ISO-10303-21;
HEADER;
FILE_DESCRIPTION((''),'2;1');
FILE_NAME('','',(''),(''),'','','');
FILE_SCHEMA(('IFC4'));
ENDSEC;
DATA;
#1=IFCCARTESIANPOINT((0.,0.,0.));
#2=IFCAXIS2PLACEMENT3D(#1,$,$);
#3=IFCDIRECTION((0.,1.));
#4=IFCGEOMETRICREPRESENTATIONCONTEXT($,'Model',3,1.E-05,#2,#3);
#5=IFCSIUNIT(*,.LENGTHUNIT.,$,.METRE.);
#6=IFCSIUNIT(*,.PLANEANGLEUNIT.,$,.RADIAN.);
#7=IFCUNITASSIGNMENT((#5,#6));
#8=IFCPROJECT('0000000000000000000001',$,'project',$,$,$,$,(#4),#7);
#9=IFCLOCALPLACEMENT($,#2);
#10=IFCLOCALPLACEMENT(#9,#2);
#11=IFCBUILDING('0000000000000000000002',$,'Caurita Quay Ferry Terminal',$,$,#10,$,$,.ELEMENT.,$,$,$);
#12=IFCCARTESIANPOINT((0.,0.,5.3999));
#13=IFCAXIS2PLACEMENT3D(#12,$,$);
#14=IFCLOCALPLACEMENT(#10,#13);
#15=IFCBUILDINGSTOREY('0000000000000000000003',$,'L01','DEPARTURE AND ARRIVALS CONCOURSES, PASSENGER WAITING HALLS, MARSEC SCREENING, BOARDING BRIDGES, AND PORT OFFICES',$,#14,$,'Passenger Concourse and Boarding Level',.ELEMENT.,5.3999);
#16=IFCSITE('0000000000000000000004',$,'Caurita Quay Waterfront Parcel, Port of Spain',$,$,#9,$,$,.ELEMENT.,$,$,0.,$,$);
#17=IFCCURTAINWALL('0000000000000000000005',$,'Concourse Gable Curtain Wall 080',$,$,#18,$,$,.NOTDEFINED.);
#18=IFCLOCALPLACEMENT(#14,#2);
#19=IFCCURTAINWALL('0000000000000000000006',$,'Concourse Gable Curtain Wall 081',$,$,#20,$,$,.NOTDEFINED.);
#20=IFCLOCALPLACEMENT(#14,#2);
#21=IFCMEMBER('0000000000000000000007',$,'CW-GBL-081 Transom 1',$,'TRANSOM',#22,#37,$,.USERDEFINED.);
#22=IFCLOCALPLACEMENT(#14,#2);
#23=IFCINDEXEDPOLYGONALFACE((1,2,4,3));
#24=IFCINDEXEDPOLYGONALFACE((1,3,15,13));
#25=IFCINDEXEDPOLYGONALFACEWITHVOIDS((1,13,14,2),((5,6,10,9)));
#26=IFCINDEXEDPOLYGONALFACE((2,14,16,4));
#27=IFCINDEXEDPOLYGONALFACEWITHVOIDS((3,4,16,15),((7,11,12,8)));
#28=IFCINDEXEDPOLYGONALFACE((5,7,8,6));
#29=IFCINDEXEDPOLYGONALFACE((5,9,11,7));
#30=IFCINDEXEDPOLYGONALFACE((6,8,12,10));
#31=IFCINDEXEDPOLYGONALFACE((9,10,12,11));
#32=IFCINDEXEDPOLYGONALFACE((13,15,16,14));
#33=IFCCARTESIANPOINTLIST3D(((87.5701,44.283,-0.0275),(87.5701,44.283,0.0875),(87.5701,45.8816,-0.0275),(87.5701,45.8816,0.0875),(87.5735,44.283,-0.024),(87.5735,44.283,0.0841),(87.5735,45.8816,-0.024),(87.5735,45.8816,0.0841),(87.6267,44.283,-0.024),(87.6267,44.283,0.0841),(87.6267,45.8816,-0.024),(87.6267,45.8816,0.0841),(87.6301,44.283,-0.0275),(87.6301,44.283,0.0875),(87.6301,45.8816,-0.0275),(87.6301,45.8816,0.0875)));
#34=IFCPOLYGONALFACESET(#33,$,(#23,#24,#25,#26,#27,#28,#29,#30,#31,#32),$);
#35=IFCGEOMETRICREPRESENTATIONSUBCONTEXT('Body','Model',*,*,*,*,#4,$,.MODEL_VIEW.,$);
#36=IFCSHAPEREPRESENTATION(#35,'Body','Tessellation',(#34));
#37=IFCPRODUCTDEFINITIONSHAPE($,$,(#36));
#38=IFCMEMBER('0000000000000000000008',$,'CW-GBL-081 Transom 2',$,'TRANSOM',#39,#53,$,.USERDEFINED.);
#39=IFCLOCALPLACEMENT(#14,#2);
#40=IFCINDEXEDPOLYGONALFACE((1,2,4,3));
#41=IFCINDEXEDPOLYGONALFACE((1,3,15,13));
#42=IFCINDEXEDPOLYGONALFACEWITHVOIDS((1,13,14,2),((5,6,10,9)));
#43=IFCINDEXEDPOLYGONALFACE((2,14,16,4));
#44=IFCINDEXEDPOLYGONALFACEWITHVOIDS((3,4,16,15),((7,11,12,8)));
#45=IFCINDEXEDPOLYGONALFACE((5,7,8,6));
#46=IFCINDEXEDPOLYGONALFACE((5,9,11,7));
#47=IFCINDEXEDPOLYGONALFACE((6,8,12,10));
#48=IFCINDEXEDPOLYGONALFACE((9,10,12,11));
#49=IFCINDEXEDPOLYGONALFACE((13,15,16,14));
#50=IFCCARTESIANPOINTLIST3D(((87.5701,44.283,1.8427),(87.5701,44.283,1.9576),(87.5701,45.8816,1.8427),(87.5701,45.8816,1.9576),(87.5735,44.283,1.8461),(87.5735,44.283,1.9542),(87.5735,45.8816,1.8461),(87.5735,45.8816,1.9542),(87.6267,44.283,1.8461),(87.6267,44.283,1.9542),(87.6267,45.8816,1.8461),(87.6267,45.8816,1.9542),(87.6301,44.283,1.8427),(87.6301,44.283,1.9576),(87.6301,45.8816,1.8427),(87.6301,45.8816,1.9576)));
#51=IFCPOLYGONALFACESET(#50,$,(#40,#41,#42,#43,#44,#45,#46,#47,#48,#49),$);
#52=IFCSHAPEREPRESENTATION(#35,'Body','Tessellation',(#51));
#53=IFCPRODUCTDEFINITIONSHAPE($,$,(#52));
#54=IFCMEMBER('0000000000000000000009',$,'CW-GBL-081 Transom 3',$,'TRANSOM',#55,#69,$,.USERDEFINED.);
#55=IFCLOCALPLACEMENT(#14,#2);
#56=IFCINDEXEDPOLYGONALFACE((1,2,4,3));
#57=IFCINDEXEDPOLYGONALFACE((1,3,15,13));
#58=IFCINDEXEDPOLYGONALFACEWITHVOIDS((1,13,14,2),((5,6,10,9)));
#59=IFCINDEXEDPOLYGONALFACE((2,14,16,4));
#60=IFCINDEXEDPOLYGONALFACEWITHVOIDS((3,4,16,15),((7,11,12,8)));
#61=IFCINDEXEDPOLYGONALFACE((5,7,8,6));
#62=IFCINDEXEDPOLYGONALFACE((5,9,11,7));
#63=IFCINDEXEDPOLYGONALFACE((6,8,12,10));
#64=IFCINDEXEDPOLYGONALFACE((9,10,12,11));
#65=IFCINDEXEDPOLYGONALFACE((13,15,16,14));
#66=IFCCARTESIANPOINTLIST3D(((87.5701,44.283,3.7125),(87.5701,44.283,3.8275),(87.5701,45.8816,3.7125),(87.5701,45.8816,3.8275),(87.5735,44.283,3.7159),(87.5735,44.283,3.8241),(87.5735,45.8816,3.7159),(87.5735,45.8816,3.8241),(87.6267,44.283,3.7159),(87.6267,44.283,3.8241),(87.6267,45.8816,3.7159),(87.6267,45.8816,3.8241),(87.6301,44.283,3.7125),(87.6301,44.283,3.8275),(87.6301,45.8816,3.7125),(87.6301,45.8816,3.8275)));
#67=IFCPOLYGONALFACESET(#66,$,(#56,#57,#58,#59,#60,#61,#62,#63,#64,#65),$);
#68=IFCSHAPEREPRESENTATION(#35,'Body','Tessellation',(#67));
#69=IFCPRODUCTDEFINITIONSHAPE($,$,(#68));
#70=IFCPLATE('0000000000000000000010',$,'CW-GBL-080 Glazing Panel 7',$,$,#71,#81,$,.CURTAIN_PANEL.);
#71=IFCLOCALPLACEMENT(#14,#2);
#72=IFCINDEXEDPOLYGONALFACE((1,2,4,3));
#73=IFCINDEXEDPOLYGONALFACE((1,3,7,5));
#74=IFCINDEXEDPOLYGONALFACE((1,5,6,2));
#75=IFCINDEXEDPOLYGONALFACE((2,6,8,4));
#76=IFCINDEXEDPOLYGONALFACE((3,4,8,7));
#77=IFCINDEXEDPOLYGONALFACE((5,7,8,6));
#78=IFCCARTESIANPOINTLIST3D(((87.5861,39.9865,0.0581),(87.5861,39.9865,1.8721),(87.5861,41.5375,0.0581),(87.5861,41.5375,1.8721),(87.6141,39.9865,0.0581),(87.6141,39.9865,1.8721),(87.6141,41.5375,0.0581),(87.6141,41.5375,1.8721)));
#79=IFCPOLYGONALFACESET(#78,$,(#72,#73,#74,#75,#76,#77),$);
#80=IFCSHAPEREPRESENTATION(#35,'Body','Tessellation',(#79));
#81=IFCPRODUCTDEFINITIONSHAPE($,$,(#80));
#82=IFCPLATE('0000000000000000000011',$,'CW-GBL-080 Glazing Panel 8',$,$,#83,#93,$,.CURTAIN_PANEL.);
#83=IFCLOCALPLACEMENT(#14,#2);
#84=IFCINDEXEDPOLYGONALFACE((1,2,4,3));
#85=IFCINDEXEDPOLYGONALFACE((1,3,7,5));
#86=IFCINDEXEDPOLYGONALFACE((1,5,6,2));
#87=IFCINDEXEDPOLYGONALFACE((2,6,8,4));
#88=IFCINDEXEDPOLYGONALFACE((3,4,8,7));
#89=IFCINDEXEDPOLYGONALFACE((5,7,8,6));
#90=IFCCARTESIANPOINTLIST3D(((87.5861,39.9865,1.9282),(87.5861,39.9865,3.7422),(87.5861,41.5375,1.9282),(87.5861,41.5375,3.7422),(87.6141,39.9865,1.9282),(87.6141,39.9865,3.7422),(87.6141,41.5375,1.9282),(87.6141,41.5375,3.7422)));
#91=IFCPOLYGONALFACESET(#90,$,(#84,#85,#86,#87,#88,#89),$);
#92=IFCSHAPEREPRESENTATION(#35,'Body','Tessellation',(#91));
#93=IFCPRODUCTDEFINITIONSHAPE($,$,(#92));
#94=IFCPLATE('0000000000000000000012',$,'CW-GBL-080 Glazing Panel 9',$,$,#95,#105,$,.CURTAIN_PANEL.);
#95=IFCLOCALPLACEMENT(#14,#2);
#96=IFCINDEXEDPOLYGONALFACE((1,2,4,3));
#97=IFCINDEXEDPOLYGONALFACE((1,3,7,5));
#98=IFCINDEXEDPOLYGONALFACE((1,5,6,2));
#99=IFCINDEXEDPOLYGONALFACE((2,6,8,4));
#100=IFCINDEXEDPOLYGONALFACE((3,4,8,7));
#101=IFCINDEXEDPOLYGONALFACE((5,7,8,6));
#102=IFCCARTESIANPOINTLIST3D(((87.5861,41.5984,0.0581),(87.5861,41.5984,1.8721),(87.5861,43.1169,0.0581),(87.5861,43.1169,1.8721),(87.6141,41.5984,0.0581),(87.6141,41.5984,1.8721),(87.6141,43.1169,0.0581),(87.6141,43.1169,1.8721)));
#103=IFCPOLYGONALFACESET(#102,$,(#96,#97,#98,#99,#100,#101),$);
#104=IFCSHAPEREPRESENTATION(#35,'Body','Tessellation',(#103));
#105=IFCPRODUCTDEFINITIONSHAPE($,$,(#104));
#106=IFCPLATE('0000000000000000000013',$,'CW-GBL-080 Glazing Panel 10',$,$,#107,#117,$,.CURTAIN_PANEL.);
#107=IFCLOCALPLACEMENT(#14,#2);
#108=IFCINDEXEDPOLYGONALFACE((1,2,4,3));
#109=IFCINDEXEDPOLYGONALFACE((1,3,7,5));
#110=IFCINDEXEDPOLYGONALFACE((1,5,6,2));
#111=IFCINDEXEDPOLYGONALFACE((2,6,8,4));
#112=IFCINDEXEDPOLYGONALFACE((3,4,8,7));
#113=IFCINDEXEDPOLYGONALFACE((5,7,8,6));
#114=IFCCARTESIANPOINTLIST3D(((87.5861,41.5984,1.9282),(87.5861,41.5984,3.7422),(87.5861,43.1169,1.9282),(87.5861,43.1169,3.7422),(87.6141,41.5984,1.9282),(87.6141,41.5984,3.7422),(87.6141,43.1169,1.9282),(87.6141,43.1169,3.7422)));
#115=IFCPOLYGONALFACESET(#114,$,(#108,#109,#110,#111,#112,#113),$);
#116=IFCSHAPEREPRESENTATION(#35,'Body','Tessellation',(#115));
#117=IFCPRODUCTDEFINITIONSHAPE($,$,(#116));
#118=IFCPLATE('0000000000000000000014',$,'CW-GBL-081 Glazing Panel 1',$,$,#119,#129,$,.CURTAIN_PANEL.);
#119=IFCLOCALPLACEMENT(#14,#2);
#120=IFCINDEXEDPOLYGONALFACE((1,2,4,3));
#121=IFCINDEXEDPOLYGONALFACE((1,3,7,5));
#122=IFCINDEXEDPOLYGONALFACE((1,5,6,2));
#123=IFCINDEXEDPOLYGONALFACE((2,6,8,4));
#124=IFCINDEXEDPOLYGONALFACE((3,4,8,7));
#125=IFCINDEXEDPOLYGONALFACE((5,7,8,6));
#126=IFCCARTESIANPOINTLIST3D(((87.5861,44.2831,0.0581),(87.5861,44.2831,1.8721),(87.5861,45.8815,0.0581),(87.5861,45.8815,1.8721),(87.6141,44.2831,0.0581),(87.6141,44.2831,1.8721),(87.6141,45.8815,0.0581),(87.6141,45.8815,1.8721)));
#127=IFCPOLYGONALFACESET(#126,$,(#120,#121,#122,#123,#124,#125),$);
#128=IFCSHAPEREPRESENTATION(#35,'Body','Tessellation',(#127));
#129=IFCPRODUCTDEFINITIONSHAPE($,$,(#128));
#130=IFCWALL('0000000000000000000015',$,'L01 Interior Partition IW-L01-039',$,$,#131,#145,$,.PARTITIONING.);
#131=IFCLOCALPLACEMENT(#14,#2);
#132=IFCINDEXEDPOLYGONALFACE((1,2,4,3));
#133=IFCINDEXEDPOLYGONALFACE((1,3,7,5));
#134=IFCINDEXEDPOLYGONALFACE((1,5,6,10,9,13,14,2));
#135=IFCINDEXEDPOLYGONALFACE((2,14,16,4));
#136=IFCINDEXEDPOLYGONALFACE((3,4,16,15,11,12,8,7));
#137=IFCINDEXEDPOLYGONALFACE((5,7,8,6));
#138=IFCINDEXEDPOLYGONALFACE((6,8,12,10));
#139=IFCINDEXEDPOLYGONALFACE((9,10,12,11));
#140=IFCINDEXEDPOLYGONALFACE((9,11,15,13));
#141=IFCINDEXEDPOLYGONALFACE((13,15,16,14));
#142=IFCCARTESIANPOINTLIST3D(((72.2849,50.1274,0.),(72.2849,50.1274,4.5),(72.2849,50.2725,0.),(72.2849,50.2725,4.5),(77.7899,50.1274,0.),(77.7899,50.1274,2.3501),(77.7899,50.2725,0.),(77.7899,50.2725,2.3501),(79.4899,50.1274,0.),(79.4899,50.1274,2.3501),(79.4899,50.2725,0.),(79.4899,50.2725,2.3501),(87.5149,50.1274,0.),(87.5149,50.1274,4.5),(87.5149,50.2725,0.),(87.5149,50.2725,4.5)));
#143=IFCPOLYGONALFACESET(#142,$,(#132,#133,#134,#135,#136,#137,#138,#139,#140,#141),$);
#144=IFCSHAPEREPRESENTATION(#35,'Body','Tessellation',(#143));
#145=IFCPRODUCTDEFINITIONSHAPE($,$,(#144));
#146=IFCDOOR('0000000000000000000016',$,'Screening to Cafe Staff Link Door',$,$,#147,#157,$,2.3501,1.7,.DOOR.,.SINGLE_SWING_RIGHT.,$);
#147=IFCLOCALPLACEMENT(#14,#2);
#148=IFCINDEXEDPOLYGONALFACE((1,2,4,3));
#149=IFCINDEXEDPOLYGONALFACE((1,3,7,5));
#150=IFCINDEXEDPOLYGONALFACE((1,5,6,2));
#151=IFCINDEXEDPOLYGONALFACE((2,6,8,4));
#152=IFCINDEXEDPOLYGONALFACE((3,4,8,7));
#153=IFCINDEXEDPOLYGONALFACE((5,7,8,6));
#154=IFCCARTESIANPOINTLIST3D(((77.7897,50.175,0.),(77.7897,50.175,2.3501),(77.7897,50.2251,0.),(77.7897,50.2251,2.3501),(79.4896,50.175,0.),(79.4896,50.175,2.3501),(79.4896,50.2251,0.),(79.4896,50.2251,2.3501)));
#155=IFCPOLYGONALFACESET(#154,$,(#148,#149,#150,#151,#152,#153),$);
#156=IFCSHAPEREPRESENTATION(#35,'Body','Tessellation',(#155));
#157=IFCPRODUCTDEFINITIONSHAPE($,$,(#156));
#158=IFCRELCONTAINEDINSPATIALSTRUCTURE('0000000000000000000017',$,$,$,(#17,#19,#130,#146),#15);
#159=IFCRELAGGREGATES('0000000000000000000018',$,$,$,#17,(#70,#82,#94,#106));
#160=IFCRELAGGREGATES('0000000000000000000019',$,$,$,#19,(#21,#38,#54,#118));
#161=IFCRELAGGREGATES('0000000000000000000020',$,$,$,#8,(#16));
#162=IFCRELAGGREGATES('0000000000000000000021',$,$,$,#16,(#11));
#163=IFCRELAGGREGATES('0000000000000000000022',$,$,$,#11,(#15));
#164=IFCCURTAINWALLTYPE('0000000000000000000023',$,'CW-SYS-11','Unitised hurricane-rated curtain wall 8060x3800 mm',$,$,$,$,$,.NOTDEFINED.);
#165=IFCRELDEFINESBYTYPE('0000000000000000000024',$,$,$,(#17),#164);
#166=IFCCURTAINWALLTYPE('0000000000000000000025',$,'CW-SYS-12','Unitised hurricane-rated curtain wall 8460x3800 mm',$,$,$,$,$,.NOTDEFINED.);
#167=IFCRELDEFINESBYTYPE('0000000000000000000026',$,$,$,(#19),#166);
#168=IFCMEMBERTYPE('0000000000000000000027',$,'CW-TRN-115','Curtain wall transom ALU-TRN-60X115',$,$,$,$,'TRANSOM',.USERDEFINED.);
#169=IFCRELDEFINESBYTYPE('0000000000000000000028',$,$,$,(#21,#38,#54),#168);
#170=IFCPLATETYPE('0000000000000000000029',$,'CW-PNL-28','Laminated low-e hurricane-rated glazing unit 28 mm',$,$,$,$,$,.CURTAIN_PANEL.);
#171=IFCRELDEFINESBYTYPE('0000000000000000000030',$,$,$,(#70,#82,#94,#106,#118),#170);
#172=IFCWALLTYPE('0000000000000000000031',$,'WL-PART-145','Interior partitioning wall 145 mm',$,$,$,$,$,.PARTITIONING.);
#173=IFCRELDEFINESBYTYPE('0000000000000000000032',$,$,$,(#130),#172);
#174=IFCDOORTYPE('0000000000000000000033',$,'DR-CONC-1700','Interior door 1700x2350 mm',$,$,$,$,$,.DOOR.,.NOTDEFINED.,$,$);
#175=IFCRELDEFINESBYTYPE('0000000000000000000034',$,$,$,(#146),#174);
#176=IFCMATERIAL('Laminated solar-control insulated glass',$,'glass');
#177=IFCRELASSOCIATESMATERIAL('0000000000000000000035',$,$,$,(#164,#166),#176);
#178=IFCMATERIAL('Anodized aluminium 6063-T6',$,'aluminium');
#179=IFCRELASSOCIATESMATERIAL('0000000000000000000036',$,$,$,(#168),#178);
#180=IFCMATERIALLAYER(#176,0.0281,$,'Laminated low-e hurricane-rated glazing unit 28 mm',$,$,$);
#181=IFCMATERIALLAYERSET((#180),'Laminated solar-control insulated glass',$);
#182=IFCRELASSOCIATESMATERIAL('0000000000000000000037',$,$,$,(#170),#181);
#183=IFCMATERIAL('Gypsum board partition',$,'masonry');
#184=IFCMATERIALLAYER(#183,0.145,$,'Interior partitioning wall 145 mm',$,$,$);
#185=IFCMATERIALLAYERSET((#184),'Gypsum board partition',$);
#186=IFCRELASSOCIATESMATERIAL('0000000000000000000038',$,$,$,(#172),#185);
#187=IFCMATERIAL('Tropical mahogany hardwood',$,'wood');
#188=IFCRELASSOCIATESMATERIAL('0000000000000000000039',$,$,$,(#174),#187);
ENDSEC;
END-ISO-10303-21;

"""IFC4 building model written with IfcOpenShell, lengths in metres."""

from ifc_helpers import new_model, si_unit, direction, frame, frame_2d, origin, origin_2d, place, context, subcontext, project, spatial, rectangle, hollow_rectangle, extrude, material, layer, layer_set, material_profile, profile_set, type_object, element, fill, aggregate, save


model = new_model("IFC4")

# Units and contexts
model_context = context("Model", 3, precision=1e-05, world=origin(), true_north=direction((0.0, 1.0)))
body_context = subcontext(model_context, "Body", "Model", "MODEL_VIEW")
ifc_project = project(units=[si_unit("LENGTHUNIT", "METRE"), si_unit("PLANEANGLEUNIT", "RADIAN")], contexts=[model_context])

# Site, building, storey
site_placement = place(None, origin())
site = spatial("IfcSite", under=ifc_project, at=site_placement, Name="Caurita Quay Waterfront Parcel, Port of Spain", CompositionType="ELEMENT", RefElevation=0.0)
building_placement = place(site_placement, origin())
building = spatial("IfcBuilding", under=site, at=building_placement, Name="Caurita Quay Ferry Terminal", CompositionType="ELEMENT")
storey_placement = place(building_placement, frame((0.0, 0.0, 5.3999)))
storey = spatial("IfcBuildingStorey", under=building, at=storey_placement, Name="L01", Description="DEPARTURE AND ARRIVALS CONCOURSES, PASSENGER WAITING HALLS, MARSEC SCREENING, BOARDING BRIDGES, AND PORT OFFICES", LongName="Passenger Concourse and Boarding Level", CompositionType="ELEMENT", Elevation=5.3999)

# Curtain wall
ifc_material_1 = material(Name="Laminated solar-control insulated glass", Category="glass")
curtain_wall_type_1 = type_object("IfcCurtainWallType", Name="CW-SYS-11", Description="Unitised hurricane-rated curtain wall 8060x3800 mm", PredefinedType="NOTDEFINED", material=ifc_material_1)
curtain_wall_1_placement = place(storey_placement, origin())
curtain_wall_1 = element("IfcCurtainWall", 1, at=curtain_wall_1_placement, inside=storey, type_object=curtain_wall_type_1, Name="Concourse Gable Curtain Wall 080", PredefinedType="NOTDEFINED")
ifc_material_2 = material(Name="Anodized aluminium 6063-T6", Category="aluminium")

# Curtain wall
curtain_wall_type_2 = type_object("IfcCurtainWallType", Name="CW-SYS-12", Description="Unitised hurricane-rated curtain wall 8460x3800 mm", PredefinedType="NOTDEFINED", material=ifc_material_1)
curtain_wall_2_placement = place(storey_placement, origin())
curtain_wall_2 = element("IfcCurtainWall", 2, at=curtain_wall_2_placement, inside=storey, type_object=curtain_wall_type_2, Name="Concourse Gable Curtain Wall 081", PredefinedType="NOTDEFINED")

# Members
ifc_material_profile_1 = material_profile(ifc_material_2, hollow_rectangle(XDim=0.0601, YDim=0.115, WallThickness=0.0034, at=origin_2d()), Name="ALU-TRN-60X115")
ifc_profile_set_1 = profile_set([ifc_material_profile_1], Name="Anodized aluminium 6063-T6")
member_type_1 = type_object("IfcMemberType", Name="CW-TRN-115", Description="Curtain wall transom ALU-TRN-60X115", ElementType="TRANSOM", PredefinedType="USERDEFINED", material=ifc_profile_set_1)
member_1_placement = place(storey_placement, frame((87.6001, 44.283, 0.03), z_axis=(0.0, 1.0, 0.0), x_axis=(-1.0, 0.0, 0.0)))
member_1 = element("IfcMember", 3, at=member_1_placement, type_object=member_type_1, Name="CW-GBL-081 Transom 1", ObjectType="TRANSOM", PredefinedType="USERDEFINED", context=body_context, shape_type="SweptSolid", body=[
    extrude(hollow_rectangle(XDim=0.0601, YDim=0.115, WallThickness=0.0034, at=origin_2d()), origin(), (0.0, 0.0, 1.0), 1.5986),
])
member_2_placement = place(storey_placement, frame((87.6001, 44.283, 1.9001), z_axis=(0.0, 1.0, 0.0), x_axis=(-1.0, 0.0, 0.0)))
member_2 = element("IfcMember", 4, at=member_2_placement, type_object=member_type_1, Name="CW-GBL-081 Transom 2", ObjectType="TRANSOM", PredefinedType="USERDEFINED", context=body_context, shape_type="SweptSolid", body=[
    extrude(hollow_rectangle(XDim=0.0601, YDim=0.115, WallThickness=0.0034, at=origin_2d()), origin(), (0.0, 0.0, 1.0), 1.5986),
])
member_3_placement = place(storey_placement, frame((87.6001, 44.283, 3.77), z_axis=(0.0, 1.0, 0.0), x_axis=(-1.0, 0.0, 0.0)))
member_3 = element("IfcMember", 5, at=member_3_placement, type_object=member_type_1, Name="CW-GBL-081 Transom 3", ObjectType="TRANSOM", PredefinedType="USERDEFINED", context=body_context, shape_type="SweptSolid", body=[
    extrude(hollow_rectangle(XDim=0.0601, YDim=0.115, WallThickness=0.0034, at=origin_2d()), origin(), (0.0, 0.0, 1.0), 1.5986),
])

# Plates
ifc_layer_1 = layer(ifc_material_1, 0.0281, Name="Laminated low-e hurricane-rated glazing unit 28 mm")
ifc_layer_set_1 = layer_set([ifc_layer_1], Name="Laminated solar-control insulated glass")
plate_type = type_object("IfcPlateType", Name="CW-PNL-28", Description="Laminated low-e hurricane-rated glazing unit 28 mm", PredefinedType="CURTAIN_PANEL", material=ifc_layer_set_1)
plate_1_placement = place(storey_placement, frame((87.6001, 40.762, 0.0581), z_axis=(0.0, 0.0, 1.0), x_axis=(0.0, 1.0, 0.0)))
plate_1 = element("IfcPlate", 6, at=plate_1_placement, type_object=plate_type, Name="CW-GBL-080 Glazing Panel 7", PredefinedType="CURTAIN_PANEL", context=body_context, shape_type="SweptSolid", body=[
    extrude(rectangle(XDim=1.551, YDim=0.0281, at=origin_2d()), origin(), (0.0, 0.0, 1.0), 1.814),
])
plate_2_placement = place(storey_placement, frame((87.6001, 40.762, 1.9282), z_axis=(0.0, 0.0, 1.0), x_axis=(0.0, 1.0, 0.0)))
plate_2 = element("IfcPlate", 7, at=plate_2_placement, type_object=plate_type, Name="CW-GBL-080 Glazing Panel 8", PredefinedType="CURTAIN_PANEL", context=body_context, shape_type="SweptSolid", body=[
    extrude(rectangle(XDim=1.551, YDim=0.0281, at=origin_2d()), origin(), (0.0, 0.0, 1.0), 1.814),
])
plate_3_placement = place(storey_placement, frame((87.6001, 42.3577, 0.0581), z_axis=(0.0, 0.0, 1.0), x_axis=(0.0, 1.0, 0.0)))
plate_3 = element("IfcPlate", 8, at=plate_3_placement, type_object=plate_type, Name="CW-GBL-080 Glazing Panel 9", PredefinedType="CURTAIN_PANEL", context=body_context, shape_type="SweptSolid", body=[
    extrude(rectangle(XDim=1.5186, YDim=0.0281, at=origin_2d()), origin(), (0.0, 0.0, 1.0), 1.814),
])
plate_4_placement = place(storey_placement, frame((87.6001, 42.3577, 1.9282), z_axis=(0.0, 0.0, 1.0), x_axis=(0.0, 1.0, 0.0)))
plate_4 = element("IfcPlate", 9, at=plate_4_placement, type_object=plate_type, Name="CW-GBL-080 Glazing Panel 10", PredefinedType="CURTAIN_PANEL", context=body_context, shape_type="SweptSolid", body=[
    extrude(rectangle(XDim=1.5186, YDim=0.0281, at=origin_2d()), origin(), (0.0, 0.0, 1.0), 1.814),
])
aggregate(curtain_wall_1, [plate_1, plate_2, plate_3, plate_4])
plate_5_placement = place(storey_placement, frame((87.6001, 45.0823, 0.0581), z_axis=(0.0, 0.0, 1.0), x_axis=(0.0, 1.0, 0.0)))
plate_5 = element("IfcPlate", 10, at=plate_5_placement, type_object=plate_type, Name="CW-GBL-081 Glazing Panel 1", PredefinedType="CURTAIN_PANEL", context=body_context, shape_type="SweptSolid", body=[
    extrude(rectangle(XDim=1.5984, YDim=0.0281, at=origin_2d()), origin(), (0.0, 0.0, 1.0), 1.814),
])
aggregate(curtain_wall_2, [member_1, member_2, member_3, plate_5])

# Wall, opening, door
ifc_material_3 = material(Name="Gypsum board partition", Category="masonry")
ifc_layer_2 = layer(ifc_material_3, 0.145, Name="Interior partitioning wall 145 mm")
ifc_layer_set_2 = layer_set([ifc_layer_2], Name="Gypsum board partition")
wall_type = type_object("IfcWallType", Name="WL-PART-145", Description="Interior partitioning wall 145 mm", PredefinedType="PARTITIONING", material=ifc_layer_set_2)
wall_placement = place(storey_placement, frame((72.2849, 50.2, 0.0), z_axis=(0.0, 0.0, 1.0), x_axis=(1.0, 0.0, 0.0)))
wall = element("IfcWall", 11, at=wall_placement, inside=storey, type_object=wall_type, Name="L01 Interior Partition IW-L01-039", PredefinedType="PARTITIONING", context=body_context, shape_type="SweptSolid", body=[
    extrude(rectangle(XDim=15.23, YDim=0.145, at=frame_2d((7.615, 0.0))), origin(), (0.0, 0.0, 1.0), 4.5),
])
opening_placement = place(wall_placement, frame((5.5049, 0.0, 0.0)))
opening = element("IfcOpeningElement", 12, at=opening_placement, cuts=wall, PredefinedType="OPENING", context=body_context, shape_type="SweptSolid", body=[
    extrude(rectangle(XDim=1.7, YDim=2.3501, at=frame_2d((0.8501, 1.175))), frame((0.0, 0.0825, 0.0), z_axis=(0.0, -1.0, 0.0), x_axis=(1.0, 0.0, 0.0)), (0.0, 0.0, 1.0), 0.165),
])
ifc_material_4 = material(Name="Tropical mahogany hardwood", Category="wood")
door_type = type_object("IfcDoorType", Name="DR-CONC-1700", Description="Interior door 1700x2350 mm", OperationType="NOTDEFINED", PredefinedType="DOOR", material=ifc_material_4)
door_placement = place(opening_placement, frame((1.7, 0.0, 0.0), z_axis=(0.0, 0.0, 1.0), x_axis=(-1.0, 0.0, 0.0)))
door = element("IfcDoor", 13, at=door_placement, inside=storey, type_object=door_type, Name="Screening to Cafe Staff Link Door", OperationType="SINGLE_SWING_RIGHT", OverallHeight=2.3501, OverallWidth=1.7, PredefinedType="DOOR", context=body_context, shape_type="SweptSolid", body=[
    extrude(rectangle(XDim=1.7, YDim=2.3501, at=frame_2d((0.8501, 1.175))), frame((0.0, 0.0249, 0.0), z_axis=(0.0, -1.0, 0.0), x_axis=(1.0, 0.0, 0.0)), (0.0, 0.0, 1.0), 0.05),
])
fill(opening, door)

save(model, "model.ifc")
